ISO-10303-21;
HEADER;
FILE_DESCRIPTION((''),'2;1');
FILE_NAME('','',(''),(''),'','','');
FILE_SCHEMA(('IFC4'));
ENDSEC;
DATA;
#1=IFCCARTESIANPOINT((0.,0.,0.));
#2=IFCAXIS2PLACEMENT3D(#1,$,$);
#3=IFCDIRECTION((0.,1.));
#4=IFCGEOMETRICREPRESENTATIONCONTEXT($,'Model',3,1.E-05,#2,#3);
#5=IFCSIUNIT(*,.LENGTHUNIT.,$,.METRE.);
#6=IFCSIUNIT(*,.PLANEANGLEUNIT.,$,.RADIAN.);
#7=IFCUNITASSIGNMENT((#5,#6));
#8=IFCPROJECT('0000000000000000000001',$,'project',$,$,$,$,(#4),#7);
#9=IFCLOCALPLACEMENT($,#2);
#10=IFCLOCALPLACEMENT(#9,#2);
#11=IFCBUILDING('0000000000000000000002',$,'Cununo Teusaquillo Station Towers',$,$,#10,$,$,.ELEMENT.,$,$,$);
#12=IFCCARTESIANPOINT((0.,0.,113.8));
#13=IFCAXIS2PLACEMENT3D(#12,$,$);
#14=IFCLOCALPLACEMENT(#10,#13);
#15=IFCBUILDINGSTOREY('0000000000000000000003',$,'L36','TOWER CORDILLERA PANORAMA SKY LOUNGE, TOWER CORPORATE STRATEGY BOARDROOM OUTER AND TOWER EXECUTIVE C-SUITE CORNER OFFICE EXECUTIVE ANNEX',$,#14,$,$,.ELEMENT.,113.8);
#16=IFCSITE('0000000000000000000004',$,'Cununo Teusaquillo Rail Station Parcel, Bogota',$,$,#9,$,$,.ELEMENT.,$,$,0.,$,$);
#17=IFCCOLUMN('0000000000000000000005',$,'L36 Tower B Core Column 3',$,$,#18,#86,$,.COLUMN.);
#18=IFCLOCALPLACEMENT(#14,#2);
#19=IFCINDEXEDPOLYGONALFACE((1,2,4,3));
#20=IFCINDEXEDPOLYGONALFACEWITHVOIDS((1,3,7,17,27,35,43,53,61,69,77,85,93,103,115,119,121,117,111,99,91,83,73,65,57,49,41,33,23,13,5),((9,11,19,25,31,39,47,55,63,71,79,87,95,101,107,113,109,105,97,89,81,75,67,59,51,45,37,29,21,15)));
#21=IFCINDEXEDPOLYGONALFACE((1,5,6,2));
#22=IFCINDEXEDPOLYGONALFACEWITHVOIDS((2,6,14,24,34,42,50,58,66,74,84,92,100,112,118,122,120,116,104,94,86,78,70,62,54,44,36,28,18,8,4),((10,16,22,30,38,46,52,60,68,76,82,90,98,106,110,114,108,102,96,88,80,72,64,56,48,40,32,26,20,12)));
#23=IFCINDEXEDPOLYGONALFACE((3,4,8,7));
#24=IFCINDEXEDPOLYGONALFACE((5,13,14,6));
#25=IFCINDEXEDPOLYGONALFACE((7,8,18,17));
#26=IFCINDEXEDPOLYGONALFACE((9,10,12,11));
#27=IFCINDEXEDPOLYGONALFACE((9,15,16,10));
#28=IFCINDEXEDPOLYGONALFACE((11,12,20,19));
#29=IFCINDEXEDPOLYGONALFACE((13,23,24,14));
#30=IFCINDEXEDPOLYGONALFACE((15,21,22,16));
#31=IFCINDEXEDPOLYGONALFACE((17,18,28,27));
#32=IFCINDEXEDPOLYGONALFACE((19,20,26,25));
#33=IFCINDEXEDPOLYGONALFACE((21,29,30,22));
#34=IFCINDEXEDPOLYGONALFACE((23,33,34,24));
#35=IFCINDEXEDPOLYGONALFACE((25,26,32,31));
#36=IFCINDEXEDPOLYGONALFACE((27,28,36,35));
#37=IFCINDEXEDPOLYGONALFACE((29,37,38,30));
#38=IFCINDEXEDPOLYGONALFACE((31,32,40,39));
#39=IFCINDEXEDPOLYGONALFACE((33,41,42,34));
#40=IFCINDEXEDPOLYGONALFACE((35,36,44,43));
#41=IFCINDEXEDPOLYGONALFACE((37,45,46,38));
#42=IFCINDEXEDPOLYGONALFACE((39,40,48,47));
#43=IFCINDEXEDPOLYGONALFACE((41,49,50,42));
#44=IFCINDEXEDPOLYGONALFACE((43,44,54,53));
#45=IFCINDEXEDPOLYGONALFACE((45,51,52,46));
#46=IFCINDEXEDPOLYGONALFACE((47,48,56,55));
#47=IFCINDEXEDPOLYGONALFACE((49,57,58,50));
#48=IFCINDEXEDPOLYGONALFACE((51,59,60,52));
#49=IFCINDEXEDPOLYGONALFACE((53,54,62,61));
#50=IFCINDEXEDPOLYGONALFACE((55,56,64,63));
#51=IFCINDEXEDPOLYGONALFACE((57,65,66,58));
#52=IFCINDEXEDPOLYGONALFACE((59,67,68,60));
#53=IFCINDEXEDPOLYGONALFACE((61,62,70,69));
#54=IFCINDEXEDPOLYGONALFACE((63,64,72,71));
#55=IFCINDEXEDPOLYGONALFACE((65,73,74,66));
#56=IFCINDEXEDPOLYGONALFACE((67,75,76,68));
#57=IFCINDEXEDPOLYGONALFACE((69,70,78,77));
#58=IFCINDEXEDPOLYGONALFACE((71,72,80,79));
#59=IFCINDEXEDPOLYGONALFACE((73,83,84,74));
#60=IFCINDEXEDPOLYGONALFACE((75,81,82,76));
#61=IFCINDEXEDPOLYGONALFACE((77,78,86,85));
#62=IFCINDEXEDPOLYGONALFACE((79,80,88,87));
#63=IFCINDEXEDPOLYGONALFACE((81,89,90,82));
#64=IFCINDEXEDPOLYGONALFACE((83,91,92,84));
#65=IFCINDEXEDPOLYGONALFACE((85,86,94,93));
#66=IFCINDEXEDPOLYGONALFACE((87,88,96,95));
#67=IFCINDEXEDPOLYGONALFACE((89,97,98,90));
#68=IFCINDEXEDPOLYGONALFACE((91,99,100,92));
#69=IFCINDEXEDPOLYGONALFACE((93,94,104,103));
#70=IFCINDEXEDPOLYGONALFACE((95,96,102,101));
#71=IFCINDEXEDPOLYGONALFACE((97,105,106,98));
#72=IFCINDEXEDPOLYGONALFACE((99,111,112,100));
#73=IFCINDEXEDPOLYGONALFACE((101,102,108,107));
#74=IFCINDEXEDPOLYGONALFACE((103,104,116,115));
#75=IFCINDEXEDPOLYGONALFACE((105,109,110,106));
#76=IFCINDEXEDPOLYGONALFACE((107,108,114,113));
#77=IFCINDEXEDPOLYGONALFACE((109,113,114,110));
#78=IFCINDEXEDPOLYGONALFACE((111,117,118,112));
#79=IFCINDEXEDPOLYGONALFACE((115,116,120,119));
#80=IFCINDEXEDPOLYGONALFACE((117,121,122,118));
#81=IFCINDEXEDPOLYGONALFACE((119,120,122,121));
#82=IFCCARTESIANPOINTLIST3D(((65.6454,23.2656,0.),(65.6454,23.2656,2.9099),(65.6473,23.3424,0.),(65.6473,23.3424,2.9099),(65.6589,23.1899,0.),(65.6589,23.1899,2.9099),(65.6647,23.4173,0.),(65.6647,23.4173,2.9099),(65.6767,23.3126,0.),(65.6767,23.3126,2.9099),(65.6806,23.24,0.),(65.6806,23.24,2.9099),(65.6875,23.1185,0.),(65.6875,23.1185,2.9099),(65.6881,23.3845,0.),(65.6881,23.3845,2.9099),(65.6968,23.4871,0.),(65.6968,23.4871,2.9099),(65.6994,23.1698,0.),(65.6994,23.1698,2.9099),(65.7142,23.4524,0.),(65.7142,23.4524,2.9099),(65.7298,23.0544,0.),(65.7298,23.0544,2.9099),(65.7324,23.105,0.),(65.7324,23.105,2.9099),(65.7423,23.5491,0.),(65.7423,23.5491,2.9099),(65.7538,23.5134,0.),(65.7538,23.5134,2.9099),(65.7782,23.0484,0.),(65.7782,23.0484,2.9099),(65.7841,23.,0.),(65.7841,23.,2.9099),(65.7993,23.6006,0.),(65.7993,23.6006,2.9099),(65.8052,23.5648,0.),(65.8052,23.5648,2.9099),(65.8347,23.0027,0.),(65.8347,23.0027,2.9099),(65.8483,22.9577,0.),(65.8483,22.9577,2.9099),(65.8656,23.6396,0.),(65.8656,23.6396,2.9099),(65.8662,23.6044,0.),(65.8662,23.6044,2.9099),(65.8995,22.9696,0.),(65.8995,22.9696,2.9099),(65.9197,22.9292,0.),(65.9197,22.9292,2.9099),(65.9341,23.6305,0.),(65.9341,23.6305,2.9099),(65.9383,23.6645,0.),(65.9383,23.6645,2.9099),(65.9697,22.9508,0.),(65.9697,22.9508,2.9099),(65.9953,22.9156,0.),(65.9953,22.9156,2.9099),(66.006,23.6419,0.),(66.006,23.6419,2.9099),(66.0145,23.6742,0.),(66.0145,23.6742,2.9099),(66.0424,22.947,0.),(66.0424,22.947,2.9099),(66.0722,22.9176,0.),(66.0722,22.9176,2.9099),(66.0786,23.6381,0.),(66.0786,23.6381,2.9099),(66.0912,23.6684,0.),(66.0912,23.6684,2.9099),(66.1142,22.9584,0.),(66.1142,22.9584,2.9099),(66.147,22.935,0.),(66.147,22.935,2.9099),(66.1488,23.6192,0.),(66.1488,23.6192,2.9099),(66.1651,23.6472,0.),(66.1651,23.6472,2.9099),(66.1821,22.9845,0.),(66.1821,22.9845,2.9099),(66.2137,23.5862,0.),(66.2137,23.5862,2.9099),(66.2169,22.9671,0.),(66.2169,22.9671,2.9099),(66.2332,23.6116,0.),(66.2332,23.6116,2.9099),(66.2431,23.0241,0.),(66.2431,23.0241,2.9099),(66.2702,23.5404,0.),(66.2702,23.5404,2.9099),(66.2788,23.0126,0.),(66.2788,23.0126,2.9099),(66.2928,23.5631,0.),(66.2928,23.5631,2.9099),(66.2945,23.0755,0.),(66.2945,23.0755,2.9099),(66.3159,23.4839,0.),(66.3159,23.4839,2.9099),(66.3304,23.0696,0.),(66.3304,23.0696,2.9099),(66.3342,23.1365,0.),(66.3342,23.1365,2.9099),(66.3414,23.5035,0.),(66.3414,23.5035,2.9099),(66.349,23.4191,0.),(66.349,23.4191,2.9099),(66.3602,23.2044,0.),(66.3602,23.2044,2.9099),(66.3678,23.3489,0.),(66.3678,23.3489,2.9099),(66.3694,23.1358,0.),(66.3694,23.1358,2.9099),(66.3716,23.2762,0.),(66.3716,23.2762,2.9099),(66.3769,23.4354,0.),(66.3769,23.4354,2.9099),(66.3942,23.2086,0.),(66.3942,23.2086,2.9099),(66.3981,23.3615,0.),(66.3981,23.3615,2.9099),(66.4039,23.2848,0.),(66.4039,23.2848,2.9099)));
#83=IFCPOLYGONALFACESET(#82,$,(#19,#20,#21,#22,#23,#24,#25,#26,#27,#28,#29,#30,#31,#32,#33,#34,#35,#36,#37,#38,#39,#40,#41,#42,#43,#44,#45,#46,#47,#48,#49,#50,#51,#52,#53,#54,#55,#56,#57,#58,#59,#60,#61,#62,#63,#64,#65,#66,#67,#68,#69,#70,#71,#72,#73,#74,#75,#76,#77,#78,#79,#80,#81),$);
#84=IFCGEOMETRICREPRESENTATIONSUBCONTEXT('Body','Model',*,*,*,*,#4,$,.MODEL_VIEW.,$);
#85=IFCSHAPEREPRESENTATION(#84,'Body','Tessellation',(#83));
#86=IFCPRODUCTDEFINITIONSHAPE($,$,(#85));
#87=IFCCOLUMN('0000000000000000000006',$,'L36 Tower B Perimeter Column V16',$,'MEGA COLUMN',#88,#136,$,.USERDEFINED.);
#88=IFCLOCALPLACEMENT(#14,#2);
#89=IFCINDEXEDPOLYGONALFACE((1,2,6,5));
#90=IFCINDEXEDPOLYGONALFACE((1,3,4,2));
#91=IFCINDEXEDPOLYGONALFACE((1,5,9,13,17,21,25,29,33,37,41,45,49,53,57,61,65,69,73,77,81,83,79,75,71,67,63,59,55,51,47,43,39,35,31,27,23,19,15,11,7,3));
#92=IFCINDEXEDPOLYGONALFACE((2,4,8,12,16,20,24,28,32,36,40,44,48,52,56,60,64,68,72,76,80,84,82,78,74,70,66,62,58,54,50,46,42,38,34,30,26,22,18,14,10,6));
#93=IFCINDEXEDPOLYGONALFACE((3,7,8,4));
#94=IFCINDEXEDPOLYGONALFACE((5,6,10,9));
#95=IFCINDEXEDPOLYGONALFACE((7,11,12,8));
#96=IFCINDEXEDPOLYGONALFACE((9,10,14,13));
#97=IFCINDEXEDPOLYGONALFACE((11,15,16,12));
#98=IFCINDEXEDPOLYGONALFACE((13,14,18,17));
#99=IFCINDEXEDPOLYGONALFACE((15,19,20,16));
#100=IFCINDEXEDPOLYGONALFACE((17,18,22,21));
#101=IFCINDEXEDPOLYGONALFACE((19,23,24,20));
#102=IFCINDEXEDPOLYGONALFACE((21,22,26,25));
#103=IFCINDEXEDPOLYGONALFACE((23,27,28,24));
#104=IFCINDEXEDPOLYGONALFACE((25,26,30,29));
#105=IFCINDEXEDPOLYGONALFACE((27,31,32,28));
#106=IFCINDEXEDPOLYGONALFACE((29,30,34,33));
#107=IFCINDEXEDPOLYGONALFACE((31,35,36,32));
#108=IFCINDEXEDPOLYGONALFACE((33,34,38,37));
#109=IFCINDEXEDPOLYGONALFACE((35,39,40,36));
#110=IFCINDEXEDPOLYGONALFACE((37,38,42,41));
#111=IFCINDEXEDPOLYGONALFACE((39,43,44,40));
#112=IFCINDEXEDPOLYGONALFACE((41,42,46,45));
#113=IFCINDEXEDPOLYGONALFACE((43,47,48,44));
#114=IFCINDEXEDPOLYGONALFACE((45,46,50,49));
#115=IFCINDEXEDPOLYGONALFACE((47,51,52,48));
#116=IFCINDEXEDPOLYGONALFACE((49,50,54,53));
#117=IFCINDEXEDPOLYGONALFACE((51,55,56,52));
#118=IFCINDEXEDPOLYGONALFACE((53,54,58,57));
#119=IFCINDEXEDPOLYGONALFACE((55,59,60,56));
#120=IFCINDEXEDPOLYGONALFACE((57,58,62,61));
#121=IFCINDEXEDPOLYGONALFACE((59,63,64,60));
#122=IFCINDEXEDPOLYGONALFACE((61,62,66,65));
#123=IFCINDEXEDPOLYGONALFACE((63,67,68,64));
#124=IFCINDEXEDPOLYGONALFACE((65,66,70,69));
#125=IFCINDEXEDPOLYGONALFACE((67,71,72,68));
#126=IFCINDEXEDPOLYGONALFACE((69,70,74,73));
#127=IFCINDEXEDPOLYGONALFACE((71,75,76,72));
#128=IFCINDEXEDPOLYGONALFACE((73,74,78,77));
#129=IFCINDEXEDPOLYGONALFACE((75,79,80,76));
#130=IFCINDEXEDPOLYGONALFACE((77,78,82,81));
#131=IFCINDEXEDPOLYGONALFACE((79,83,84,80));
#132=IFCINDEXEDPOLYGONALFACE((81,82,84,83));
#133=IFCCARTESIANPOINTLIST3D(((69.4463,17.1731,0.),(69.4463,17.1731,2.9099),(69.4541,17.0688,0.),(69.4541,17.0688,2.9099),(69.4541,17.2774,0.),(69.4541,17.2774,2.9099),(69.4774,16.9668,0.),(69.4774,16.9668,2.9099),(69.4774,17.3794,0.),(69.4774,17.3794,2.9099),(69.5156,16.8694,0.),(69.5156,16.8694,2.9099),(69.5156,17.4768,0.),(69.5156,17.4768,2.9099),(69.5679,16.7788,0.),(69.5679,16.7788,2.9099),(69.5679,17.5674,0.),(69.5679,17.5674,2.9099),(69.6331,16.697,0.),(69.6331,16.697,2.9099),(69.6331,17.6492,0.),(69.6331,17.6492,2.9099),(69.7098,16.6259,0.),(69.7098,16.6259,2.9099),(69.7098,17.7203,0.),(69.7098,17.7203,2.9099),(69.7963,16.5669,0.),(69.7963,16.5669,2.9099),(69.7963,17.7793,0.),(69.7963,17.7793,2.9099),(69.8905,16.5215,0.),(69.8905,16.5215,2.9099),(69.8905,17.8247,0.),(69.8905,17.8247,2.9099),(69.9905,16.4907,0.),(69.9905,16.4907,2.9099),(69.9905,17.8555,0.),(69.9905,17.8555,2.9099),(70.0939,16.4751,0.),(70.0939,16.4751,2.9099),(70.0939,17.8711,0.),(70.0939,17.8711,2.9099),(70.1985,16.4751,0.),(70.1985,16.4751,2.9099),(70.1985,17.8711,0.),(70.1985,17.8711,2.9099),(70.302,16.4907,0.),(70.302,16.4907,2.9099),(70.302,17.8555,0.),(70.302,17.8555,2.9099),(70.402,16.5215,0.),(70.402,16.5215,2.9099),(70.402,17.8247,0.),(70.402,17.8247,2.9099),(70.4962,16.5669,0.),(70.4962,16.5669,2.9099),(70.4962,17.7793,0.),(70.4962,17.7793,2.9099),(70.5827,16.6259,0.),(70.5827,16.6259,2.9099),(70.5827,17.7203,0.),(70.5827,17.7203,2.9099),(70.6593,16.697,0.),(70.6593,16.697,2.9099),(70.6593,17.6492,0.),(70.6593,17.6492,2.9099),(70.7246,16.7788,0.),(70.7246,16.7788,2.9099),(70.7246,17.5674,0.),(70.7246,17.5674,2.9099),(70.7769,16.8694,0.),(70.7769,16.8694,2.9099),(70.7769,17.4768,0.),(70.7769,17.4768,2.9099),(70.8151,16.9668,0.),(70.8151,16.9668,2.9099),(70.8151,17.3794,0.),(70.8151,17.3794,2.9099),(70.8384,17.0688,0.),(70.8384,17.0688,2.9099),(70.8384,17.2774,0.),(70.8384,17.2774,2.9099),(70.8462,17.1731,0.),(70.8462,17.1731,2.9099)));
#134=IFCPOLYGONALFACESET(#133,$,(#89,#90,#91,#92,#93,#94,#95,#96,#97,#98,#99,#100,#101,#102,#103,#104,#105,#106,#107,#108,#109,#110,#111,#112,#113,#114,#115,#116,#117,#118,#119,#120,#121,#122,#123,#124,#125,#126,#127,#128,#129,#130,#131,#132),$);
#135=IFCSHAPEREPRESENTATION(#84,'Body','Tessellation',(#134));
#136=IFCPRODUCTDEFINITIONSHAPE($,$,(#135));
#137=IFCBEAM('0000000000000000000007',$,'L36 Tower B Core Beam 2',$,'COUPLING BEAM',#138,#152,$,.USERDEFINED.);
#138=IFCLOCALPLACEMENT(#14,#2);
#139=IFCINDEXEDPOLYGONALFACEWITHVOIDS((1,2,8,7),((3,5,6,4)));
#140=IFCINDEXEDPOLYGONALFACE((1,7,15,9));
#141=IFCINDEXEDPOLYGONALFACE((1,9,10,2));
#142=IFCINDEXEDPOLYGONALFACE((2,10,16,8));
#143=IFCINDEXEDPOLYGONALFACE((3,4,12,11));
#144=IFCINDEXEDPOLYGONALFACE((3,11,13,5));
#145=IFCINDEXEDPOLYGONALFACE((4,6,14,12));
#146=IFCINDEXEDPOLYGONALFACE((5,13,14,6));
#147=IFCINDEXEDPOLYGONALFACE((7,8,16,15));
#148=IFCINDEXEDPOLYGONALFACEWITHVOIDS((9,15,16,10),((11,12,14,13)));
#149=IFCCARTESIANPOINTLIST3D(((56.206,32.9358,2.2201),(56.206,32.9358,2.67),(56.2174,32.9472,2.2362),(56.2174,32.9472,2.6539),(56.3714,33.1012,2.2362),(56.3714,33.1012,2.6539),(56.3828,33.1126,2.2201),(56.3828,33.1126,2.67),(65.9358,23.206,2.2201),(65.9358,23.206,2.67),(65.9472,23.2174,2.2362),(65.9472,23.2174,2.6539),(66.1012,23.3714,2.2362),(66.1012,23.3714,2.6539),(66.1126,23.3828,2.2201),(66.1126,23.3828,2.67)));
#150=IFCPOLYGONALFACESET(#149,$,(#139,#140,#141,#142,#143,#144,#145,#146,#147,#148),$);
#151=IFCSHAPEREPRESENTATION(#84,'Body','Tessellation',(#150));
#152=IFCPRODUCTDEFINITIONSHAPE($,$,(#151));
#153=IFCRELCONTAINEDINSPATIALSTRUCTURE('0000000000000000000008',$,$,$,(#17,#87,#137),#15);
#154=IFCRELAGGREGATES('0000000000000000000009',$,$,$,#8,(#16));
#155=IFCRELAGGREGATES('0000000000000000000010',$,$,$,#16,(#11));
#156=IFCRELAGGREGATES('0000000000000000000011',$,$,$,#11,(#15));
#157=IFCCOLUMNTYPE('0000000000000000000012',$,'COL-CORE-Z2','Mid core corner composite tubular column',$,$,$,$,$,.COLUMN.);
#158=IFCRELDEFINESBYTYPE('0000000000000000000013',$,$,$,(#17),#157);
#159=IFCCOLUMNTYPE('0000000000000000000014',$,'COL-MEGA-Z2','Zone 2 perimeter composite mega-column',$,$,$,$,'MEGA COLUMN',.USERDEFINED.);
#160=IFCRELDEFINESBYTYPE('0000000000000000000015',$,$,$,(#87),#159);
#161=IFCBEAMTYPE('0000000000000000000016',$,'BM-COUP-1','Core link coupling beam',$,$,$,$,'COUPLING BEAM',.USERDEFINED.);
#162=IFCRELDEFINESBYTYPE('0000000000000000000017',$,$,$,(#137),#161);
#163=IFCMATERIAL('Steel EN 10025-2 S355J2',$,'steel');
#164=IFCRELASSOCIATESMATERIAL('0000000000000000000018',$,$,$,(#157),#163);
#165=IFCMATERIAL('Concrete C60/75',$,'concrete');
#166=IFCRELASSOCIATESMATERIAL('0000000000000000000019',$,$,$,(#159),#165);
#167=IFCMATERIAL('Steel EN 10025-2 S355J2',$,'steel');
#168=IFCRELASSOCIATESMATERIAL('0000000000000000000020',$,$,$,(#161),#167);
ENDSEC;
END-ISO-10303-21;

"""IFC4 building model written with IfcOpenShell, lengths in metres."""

from ifc_helpers import new_model, si_unit, direction, frame, origin, origin_2d, place, context, subcontext, project, spatial, hollow_rectangle, circle, hollow_circle, extrude, material, material_profile, profile_set, type_object, element, save


model = new_model("IFC4")

# Units and contexts
model_context = context("Model", 3, precision=1e-05, world=origin(), true_north=direction((0.0, 1.0)))
body_context = subcontext(model_context, "Body", "Model", "MODEL_VIEW")
ifc_project = project(units=[si_unit("LENGTHUNIT", "METRE"), si_unit("PLANEANGLEUNIT", "RADIAN")], contexts=[model_context])

# Site, building, storey
site_placement = place(None, origin())
site = spatial("IfcSite", under=ifc_project, at=site_placement, Name="Cununo Teusaquillo Rail Station Parcel, Bogota", CompositionType="ELEMENT", RefElevation=0.0)
building_placement = place(site_placement, origin())
building = spatial("IfcBuilding", under=site, at=building_placement, Name="Cununo Teusaquillo Station Towers", CompositionType="ELEMENT")
storey_placement = place(building_placement, frame((0.0, 0.0, 113.8)))
storey = spatial("IfcBuildingStorey", under=building, at=storey_placement, Name="L36", Description="TOWER CORDILLERA PANORAMA SKY LOUNGE, TOWER CORPORATE STRATEGY BOARDROOM OUTER AND TOWER EXECUTIVE C-SUITE CORNER OFFICE EXECUTIVE ANNEX", CompositionType="ELEMENT", Elevation=113.8)

# Columns
ifc_material_1 = material(Name="Steel EN 10025-2 S355J2", Category="steel")
ifc_material_profile_1 = material_profile(ifc_material_1, hollow_circle(Radius=0.3799, WallThickness=0.032, at=origin_2d()), Name="CHS 760x32")
ifc_profile_set_1 = profile_set([ifc_material_profile_1], Name="Steel EN 10025-2 S355J2")
column_type_1 = type_object("IfcColumnType", Name="COL-CORE-Z2", Description="Mid core corner composite tubular column", PredefinedType="COLUMN", material=ifc_profile_set_1)
column_1_placement = place(storey_placement, frame((66.0242, 23.2944, 0.0), z_axis=(0.0, 0.0, 1.0), x_axis=(0.707107, 0.707107, 0.0)))
element("IfcColumn", 1, at=column_1_placement, inside=storey, type_object=column_type_1, Name="L36 Tower B Core Column 3", PredefinedType="COLUMN", context=body_context, shape_type="SweptSolid", body=[
    extrude(hollow_circle(Radius=0.3799, WallThickness=0.032, at=origin_2d()), origin(), (0.0, 0.0, 1.0), 2.9099),
])
ifc_material_2 = material(Name="Concrete C60/75", Category="concrete")
ifc_material_profile_2 = material_profile(ifc_material_2, circle(Radius=0.7, at=origin_2d()), Name="RC-CIRC-1400")
ifc_profile_set_2 = profile_set([ifc_material_profile_2], Name="Concrete C60/75")
column_type_2 = type_object("IfcColumnType", Name="COL-MEGA-Z2", Description="Zone 2 perimeter composite mega-column", ElementType="MEGA COLUMN", PredefinedType="USERDEFINED", material=ifc_profile_set_2)
column_2_placement = place(storey_placement, frame((70.1462, 17.1731, 0.0), z_axis=(0.0, 0.0, 1.0), x_axis=(1.0, 0.0, 0.0)))
element("IfcColumn", 2, at=column_2_placement, inside=storey, type_object=column_type_2, Name="L36 Tower B Perimeter Column V16", ObjectType="MEGA COLUMN", PredefinedType="USERDEFINED", context=body_context, shape_type="SweptSolid", body=[
    extrude(circle(Radius=0.7, at=origin_2d()), origin(), (0.0, 0.0, 1.0), 2.9099),
])

# Beam
ifc_material_3 = material(Name="Steel EN 10025-2 S355J2", Category="steel")
ifc_material_profile_3 = material_profile(ifc_material_3, hollow_rectangle(XDim=0.25, YDim=0.45, WallThickness=0.0161, at=origin_2d()), Name="RHS 450x250x16")
ifc_profile_set_3 = profile_set([ifc_material_profile_3], Name="Steel EN 10025-2 S355J2")
beam_type_1 = type_object("IfcBeamType", Name="BM-COUP-1", Description="Core link coupling beam", ElementType="COUPLING BEAM", PredefinedType="USERDEFINED", material=ifc_profile_set_3)
beam_1_placement = place(storey_placement, frame((66.0242, 23.2944, 2.4451), z_axis=(-0.707107, 0.707107, 0.0), x_axis=(-0.707107, -0.707107, 0.0)))
element("IfcBeam", 3, at=beam_1_placement, inside=storey, type_object=beam_type_1, Name="L36 Tower B Core Beam 2", ObjectType="COUPLING BEAM", PredefinedType="USERDEFINED", context=body_context, shape_type="SweptSolid", body=[
    extrude(hollow_rectangle(XDim=0.25, YDim=0.45, WallThickness=0.0161, at=origin_2d()), origin(), (0.0, 0.0, 1.0), 13.76),
])

save(model, "model.ifc")
